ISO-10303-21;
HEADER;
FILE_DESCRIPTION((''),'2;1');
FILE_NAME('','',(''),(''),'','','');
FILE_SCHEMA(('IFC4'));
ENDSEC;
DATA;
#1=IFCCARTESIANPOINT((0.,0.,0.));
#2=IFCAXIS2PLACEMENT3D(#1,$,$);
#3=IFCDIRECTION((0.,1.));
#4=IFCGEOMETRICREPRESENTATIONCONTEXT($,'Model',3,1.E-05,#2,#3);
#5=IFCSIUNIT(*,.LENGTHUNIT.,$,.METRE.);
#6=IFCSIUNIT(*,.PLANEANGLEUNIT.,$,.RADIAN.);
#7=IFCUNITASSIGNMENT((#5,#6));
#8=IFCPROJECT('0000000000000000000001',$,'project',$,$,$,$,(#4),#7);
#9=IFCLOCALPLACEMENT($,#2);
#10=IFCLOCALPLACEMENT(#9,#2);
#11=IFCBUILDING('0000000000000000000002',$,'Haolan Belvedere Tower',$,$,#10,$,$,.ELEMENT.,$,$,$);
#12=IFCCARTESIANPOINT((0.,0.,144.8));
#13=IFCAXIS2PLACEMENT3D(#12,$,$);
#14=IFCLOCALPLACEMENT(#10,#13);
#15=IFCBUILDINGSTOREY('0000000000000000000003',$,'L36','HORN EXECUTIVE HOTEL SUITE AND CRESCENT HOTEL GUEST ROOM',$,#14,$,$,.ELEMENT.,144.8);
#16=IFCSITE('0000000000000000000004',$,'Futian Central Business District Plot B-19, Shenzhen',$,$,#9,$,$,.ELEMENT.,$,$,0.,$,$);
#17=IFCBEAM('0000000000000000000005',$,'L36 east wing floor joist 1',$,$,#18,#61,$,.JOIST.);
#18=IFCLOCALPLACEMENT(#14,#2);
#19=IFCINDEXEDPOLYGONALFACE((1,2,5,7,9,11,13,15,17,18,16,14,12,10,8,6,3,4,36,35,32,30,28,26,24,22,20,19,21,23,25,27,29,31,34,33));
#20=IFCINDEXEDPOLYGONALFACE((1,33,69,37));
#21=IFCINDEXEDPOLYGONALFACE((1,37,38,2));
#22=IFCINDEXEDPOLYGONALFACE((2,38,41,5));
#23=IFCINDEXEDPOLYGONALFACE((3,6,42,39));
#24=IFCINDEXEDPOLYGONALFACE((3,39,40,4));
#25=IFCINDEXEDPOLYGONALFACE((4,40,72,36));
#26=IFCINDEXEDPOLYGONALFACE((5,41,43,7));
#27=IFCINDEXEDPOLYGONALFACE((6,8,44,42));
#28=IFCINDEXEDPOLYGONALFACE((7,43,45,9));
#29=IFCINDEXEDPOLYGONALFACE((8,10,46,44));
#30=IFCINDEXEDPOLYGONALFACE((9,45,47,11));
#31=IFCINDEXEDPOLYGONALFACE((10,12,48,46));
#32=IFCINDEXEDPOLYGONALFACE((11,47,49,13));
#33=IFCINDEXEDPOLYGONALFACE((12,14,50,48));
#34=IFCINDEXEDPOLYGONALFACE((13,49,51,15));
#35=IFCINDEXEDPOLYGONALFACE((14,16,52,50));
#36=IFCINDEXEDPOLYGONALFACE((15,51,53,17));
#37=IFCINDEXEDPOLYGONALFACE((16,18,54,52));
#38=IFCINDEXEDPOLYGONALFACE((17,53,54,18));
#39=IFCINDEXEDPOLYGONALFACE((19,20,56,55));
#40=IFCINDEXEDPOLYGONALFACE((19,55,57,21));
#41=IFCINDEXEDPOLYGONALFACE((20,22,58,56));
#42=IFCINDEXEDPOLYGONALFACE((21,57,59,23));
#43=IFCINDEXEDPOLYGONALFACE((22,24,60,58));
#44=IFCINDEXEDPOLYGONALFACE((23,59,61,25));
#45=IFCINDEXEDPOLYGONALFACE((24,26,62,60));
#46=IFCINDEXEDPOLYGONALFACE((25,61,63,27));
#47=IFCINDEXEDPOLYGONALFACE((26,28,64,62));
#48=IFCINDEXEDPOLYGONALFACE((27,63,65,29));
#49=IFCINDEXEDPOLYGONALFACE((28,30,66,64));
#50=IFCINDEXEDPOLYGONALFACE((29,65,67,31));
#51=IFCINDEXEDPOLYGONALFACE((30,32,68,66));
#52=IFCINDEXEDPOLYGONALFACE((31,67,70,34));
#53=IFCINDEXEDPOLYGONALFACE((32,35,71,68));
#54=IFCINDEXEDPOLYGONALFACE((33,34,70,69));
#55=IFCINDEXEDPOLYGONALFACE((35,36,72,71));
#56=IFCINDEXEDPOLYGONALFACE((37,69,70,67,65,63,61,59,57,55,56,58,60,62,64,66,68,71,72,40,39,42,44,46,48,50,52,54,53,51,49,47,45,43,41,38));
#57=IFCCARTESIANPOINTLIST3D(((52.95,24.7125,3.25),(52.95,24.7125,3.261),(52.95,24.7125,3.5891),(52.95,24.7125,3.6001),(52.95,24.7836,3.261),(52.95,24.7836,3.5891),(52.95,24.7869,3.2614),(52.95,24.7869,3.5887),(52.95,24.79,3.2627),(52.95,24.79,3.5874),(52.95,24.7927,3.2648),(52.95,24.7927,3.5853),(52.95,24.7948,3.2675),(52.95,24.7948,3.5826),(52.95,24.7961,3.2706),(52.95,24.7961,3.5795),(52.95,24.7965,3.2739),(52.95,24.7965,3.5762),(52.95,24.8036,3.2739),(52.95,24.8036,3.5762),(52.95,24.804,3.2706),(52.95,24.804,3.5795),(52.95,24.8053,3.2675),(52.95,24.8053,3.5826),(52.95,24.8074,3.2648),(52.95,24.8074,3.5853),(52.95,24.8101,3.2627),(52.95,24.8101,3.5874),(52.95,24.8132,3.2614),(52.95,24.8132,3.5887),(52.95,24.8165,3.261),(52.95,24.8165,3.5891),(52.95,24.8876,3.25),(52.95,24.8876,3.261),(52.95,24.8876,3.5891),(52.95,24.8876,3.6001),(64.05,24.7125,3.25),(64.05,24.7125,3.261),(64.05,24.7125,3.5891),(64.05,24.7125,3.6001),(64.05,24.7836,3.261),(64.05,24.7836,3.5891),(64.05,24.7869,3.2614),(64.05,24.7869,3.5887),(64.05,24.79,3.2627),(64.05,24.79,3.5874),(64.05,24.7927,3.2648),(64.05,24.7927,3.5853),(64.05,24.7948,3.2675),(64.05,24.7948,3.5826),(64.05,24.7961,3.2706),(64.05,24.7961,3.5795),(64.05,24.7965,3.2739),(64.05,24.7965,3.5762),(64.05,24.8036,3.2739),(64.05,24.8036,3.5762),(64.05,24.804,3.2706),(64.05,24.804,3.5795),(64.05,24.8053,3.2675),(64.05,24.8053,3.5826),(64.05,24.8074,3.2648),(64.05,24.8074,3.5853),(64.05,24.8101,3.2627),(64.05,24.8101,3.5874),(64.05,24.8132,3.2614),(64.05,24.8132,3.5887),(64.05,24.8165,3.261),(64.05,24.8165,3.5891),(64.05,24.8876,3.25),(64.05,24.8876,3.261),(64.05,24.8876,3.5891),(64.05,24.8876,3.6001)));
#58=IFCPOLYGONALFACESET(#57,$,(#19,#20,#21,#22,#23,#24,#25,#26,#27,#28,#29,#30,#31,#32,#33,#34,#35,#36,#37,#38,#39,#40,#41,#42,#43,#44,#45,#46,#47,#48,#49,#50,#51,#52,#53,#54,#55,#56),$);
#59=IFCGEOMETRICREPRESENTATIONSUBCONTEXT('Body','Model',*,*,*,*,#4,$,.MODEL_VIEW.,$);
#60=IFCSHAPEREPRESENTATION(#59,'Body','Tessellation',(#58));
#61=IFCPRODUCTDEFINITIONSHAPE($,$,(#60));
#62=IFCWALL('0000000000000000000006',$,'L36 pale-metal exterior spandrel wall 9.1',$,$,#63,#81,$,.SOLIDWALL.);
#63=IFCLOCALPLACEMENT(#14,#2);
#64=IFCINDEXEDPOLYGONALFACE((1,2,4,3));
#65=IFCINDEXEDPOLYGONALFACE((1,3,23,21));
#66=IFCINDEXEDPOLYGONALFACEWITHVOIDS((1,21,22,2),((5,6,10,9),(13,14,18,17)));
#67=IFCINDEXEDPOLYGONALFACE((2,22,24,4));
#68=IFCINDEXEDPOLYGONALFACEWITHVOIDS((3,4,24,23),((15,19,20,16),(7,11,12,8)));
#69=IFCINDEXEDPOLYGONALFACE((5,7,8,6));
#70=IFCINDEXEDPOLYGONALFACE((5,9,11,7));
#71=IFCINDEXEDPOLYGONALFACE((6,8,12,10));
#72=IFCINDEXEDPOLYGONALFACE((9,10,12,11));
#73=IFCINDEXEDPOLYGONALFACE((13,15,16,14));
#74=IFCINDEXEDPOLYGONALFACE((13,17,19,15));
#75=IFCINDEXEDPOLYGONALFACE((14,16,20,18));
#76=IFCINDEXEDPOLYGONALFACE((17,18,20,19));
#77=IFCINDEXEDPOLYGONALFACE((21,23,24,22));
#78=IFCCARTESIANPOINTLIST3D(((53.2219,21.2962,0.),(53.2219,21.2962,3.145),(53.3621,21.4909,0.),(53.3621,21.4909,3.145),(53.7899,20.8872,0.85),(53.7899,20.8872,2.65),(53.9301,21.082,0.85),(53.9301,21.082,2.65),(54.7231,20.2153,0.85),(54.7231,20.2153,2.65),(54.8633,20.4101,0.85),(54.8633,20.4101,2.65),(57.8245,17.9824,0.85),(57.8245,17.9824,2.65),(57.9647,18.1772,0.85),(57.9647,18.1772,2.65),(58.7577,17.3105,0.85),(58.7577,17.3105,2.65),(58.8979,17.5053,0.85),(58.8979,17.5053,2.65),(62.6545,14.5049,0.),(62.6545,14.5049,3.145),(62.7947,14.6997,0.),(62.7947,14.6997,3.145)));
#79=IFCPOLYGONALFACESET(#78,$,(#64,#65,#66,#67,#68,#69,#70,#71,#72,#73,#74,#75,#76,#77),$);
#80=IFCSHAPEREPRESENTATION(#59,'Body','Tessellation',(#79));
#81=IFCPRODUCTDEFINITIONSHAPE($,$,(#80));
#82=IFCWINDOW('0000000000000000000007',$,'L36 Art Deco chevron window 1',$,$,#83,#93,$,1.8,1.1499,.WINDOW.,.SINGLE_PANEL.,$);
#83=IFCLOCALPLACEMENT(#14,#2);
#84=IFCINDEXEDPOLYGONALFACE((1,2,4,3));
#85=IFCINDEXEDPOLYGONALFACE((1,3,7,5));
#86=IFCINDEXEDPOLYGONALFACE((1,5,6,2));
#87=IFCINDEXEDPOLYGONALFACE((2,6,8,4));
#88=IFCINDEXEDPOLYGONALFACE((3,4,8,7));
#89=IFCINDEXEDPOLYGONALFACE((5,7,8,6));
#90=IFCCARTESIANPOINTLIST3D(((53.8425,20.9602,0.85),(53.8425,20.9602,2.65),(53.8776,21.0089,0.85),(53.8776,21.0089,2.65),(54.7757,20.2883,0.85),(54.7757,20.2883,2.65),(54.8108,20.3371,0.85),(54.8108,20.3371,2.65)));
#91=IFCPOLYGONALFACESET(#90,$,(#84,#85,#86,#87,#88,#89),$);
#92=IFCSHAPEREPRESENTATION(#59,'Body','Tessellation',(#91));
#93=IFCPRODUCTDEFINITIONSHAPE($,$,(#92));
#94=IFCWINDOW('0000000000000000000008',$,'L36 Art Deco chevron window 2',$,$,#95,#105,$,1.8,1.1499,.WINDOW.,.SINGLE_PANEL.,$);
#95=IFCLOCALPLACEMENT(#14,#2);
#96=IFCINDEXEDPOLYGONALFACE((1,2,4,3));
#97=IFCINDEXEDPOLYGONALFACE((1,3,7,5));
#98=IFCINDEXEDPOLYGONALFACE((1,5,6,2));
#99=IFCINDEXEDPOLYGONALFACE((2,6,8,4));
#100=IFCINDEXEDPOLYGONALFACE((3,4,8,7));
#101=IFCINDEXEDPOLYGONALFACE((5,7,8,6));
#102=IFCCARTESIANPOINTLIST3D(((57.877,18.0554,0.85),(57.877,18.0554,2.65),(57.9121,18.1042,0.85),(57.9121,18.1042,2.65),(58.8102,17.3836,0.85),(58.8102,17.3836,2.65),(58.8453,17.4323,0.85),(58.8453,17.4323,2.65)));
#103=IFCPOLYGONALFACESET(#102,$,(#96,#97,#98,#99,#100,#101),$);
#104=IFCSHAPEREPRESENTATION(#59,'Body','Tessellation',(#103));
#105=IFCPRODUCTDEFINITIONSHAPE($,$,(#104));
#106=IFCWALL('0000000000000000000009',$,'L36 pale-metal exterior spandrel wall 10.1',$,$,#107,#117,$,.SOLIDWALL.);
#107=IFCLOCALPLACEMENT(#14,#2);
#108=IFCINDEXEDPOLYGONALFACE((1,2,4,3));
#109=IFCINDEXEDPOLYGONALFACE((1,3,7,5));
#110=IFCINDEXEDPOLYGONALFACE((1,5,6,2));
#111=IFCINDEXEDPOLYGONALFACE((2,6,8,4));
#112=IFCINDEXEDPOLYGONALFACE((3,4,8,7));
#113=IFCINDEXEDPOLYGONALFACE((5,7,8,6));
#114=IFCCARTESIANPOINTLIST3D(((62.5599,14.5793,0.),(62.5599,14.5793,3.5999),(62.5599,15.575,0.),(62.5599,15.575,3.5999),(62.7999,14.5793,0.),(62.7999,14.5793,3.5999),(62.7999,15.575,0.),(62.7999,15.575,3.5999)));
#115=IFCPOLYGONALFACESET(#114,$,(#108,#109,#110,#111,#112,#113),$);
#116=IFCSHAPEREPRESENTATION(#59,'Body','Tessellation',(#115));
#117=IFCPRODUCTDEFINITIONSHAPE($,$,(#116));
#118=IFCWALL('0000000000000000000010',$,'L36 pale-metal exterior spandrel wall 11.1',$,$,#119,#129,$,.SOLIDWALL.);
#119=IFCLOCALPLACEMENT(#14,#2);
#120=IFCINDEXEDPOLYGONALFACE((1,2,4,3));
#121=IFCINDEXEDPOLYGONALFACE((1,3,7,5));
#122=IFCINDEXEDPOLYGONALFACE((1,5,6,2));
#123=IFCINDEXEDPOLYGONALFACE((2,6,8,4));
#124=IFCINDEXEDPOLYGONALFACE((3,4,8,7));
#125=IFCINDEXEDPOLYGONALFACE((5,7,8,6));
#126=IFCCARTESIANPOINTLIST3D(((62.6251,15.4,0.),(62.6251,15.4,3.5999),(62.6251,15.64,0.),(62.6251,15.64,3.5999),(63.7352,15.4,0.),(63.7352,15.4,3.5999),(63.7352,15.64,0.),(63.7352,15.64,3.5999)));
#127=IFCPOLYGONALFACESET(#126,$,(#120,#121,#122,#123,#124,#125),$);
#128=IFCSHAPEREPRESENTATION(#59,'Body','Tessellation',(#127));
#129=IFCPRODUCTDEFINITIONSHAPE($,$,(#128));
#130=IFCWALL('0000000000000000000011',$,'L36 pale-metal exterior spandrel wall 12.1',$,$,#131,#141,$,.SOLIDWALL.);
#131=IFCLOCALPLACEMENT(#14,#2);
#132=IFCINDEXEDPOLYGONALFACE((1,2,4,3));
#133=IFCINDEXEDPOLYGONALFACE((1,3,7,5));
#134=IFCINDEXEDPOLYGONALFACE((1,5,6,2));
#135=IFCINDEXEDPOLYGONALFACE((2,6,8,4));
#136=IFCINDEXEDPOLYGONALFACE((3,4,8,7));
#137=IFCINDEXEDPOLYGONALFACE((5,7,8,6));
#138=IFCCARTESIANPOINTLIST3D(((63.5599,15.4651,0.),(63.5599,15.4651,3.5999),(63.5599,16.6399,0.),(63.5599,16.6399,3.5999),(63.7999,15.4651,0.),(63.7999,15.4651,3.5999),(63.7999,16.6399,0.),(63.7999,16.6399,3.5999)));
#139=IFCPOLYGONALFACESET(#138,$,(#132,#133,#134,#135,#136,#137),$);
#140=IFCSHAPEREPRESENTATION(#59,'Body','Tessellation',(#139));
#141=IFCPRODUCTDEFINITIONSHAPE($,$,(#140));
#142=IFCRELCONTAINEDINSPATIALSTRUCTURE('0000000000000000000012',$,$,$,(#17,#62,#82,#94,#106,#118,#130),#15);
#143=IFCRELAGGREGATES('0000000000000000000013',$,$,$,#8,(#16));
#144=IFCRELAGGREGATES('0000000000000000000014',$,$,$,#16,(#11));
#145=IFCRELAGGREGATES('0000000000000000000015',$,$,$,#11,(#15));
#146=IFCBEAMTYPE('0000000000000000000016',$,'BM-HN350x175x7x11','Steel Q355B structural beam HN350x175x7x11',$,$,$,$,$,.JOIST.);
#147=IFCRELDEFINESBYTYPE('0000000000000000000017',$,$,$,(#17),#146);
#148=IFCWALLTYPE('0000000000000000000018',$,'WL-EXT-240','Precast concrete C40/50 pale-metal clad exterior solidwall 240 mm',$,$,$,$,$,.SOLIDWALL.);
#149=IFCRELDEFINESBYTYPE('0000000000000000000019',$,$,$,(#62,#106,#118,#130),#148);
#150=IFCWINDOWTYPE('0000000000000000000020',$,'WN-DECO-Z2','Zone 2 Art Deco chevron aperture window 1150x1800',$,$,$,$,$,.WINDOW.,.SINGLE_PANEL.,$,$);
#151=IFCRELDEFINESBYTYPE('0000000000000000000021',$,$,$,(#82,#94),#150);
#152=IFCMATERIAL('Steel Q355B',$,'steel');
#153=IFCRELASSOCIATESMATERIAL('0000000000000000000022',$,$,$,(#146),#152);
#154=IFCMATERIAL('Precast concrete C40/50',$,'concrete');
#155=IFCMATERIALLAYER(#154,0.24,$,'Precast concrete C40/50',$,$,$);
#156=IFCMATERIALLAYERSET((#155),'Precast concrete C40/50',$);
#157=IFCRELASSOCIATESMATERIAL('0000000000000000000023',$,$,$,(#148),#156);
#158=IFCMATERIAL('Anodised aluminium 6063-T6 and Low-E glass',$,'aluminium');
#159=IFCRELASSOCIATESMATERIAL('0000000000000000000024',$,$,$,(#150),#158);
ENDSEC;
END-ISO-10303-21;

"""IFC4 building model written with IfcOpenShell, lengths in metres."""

from ifc_helpers import new_model, si_unit, direction, frame, frame_2d, origin, origin_2d, place, context, subcontext, project, spatial, rectangle, i_section, extrude, material, layer, layer_set, material_profile, profile_set, type_object, element, fill, save


model = new_model("IFC4")

# Units and contexts
model_context = context("Model", 3, precision=1e-05, world=origin(), true_north=direction((0.0, 1.0)))
body_context = subcontext(model_context, "Body", "Model", "MODEL_VIEW")
ifc_project = project(units=[si_unit("LENGTHUNIT", "METRE"), si_unit("PLANEANGLEUNIT", "RADIAN")], contexts=[model_context])

# Site, building, storey
site_placement = place(None, origin())
site = spatial("IfcSite", under=ifc_project, at=site_placement, Name="Futian Central Business District Plot B-19, Shenzhen", CompositionType="ELEMENT", RefElevation=0.0)
building_placement = place(site_placement, origin())
building = spatial("IfcBuilding", under=site, at=building_placement, Name="Haolan Belvedere Tower", CompositionType="ELEMENT")
storey_placement = place(building_placement, frame((0.0, 0.0, 144.8)))
storey = spatial("IfcBuildingStorey", under=building, at=storey_placement, Name="L36", Description="HORN EXECUTIVE HOTEL SUITE AND CRESCENT HOTEL GUEST ROOM", CompositionType="ELEMENT", Elevation=144.8)

# Beam
ifc_material_1 = material(Name="Steel Q355B", Category="steel")
ifc_material_profile_1 = material_profile(ifc_material_1, i_section(OverallWidth=0.175, OverallDepth=0.3501, WebThickness=0.0071, FlangeThickness=0.011, FilletRadius=0.0129, at=origin_2d()), Name="Steel Q355B")
ifc_profile_set_1 = profile_set([ifc_material_profile_1], Name="Steel Q355B")
beam_type_1 = type_object("IfcBeamType", Name="BM-HN350x175x7x11", Description="Steel Q355B structural beam HN350x175x7x11", PredefinedType="JOIST", material=ifc_profile_set_1)
beam_1_placement = place(storey_placement, frame((52.95, 24.8, 3.425), z_axis=(1.0, 0.0, 0.0), x_axis=(0.0, 1.0, 0.0)))
element("IfcBeam", 1, at=beam_1_placement, inside=storey, type_object=beam_type_1, Name="L36 east wing floor joist 1", PredefinedType="JOIST", context=body_context, shape_type="SweptSolid", body=[
    extrude(i_section(OverallWidth=0.175, OverallDepth=0.3501, WebThickness=0.0071, FlangeThickness=0.011, FilletRadius=0.0129, at=origin_2d()), origin(), (0.0, 0.0, 1.0), 11.1001),
])

# Wall, openings, windows
ifc_material_2 = material(Name="Precast concrete C40/50", Category="concrete")
ifc_layer_1 = layer(ifc_material_2, 0.24, Name="Precast concrete C40/50")
ifc_layer_set_1 = layer_set([ifc_layer_1], Name="Precast concrete C40/50")
wall_type_1 = type_object("IfcWallType", Name="WL-EXT-240", Description="Precast concrete C40/50 pale-metal clad exterior solidwall 240 mm", PredefinedType="SOLIDWALL", material=ifc_layer_set_1)
wall_1_placement = place(storey_placement, frame((53.292, 21.3936, 0.0), z_axis=(0.0, 0.0, 1.0), x_axis=(0.811544, -0.584292, 0.0)))
wall_1 = element("IfcWall", 2, at=wall_1_placement, inside=storey, type_object=wall_type_1, Name="L36 pale-metal exterior spandrel wall 9.1", PredefinedType="SOLIDWALL", context=body_context, shape_type="SweptSolid", body=[
    extrude(rectangle(XDim=11.623, YDim=0.24, at=frame_2d((5.8115, 0.0))), origin(), (0.0, 0.0, 1.0), 3.145),
])
opening_1_placement = place(wall_1_placement, frame((0.7, 0.0, 0.8501)))
opening_1 = element("IfcOpeningElement", 3, at=opening_1_placement, cuts=wall_1, PredefinedType="OPENING", context=body_context, shape_type="SweptSolid", body=[
    extrude(rectangle(XDim=1.1499, YDim=1.8, at=frame_2d((0.575, 0.8999))), frame((0.0, 0.1299, 0.0), z_axis=(0.0, -1.0, 0.0), x_axis=(1.0, 0.0, 0.0)), (0.0, 0.0, 1.0), 0.26),
])
opening_2_placement = place(wall_1_placement, frame((5.6714, 0.0, 0.8501)))
opening_2 = element("IfcOpeningElement", 4, at=opening_2_placement, cuts=wall_1, PredefinedType="OPENING", context=body_context, shape_type="SweptSolid", body=[
    extrude(rectangle(XDim=1.1499, YDim=1.8, at=frame_2d((0.575, 0.8999))), frame((0.0, 0.1299, 0.0), z_axis=(0.0, -1.0, 0.0), x_axis=(1.0, 0.0, 0.0)), (0.0, 0.0, 1.0), 0.26),
])
ifc_material_3 = material(Name="Anodised aluminium 6063-T6 and Low-E glass", Category="aluminium")
window_type = type_object("IfcWindowType", Name="WN-DECO-Z2", Description="Zone 2 Art Deco chevron aperture window 1150x1800", PartitioningType="SINGLE_PANEL", PredefinedType="WINDOW", material=ifc_material_3)
window_1_placement = place(opening_1_placement, origin())
window_1 = element("IfcWindow", 5, at=window_1_placement, inside=storey, type_object=window_type, Name="L36 Art Deco chevron window 1", OverallHeight=1.8, OverallWidth=1.1499, PartitioningType="SINGLE_PANEL", PredefinedType="WINDOW", context=body_context, shape_type="SweptSolid", body=[
    extrude(rectangle(XDim=1.1499, YDim=1.8, at=frame_2d((0.575, 0.8999))), frame((0.0, 0.03, 0.0), z_axis=(0.0, -1.0, 0.0), x_axis=(1.0, 0.0, 0.0)), (0.0, 0.0, 1.0), 0.0601),
])
fill(opening_1, window_1)
window_2_placement = place(opening_2_placement, origin())
window_2 = element("IfcWindow", 6, at=window_2_placement, inside=storey, type_object=window_type, Name="L36 Art Deco chevron window 2", OverallHeight=1.8, OverallWidth=1.1499, PartitioningType="SINGLE_PANEL", PredefinedType="WINDOW", context=body_context, shape_type="SweptSolid", body=[
    extrude(rectangle(XDim=1.1499, YDim=1.8, at=frame_2d((0.575, 0.8999))), frame((0.0, 0.03, 0.0), z_axis=(0.0, -1.0, 0.0), x_axis=(1.0, 0.0, 0.0)), (0.0, 0.0, 1.0), 0.0601),
])
fill(opening_2, window_2)

# Walls
wall_2_placement = place(storey_placement, frame((62.6799, 14.5793, 0.0), z_axis=(0.0, 0.0, 1.0), x_axis=(0.0, 1.0, 0.0)))
element("IfcWall", 7, at=wall_2_placement, inside=storey, type_object=wall_type_1, Name="L36 pale-metal exterior spandrel wall 10.1", PredefinedType="SOLIDWALL", context=body_context, shape_type="SweptSolid", body=[
    extrude(rectangle(XDim=0.9956, YDim=0.24, at=frame_2d((0.4978, 0.0))), origin(), (0.0, 0.0, 1.0), 3.5999),
])
wall_3_placement = place(storey_placement, frame((62.625, 15.52, 0.0), z_axis=(0.0, 0.0, 1.0), x_axis=(1.0, 0.0, 0.0)))
element("IfcWall", 8, at=wall_3_placement, inside=storey, type_object=wall_type_1, Name="L36 pale-metal exterior spandrel wall 11.1", PredefinedType="SOLIDWALL", context=body_context, shape_type="SweptSolid", body=[
    extrude(rectangle(XDim=1.1101, YDim=0.24, at=frame_2d((0.5552, 0.0))), origin(), (0.0, 0.0, 1.0), 3.5999),
])
wall_4_placement = place(storey_placement, frame((63.6799, 15.4651, 0.0), z_axis=(0.0, 0.0, 1.0), x_axis=(0.0, 1.0, 0.0)))
element("IfcWall", 9, at=wall_4_placement, inside=storey, type_object=wall_type_1, Name="L36 pale-metal exterior spandrel wall 12.1", PredefinedType="SOLIDWALL", context=body_context, shape_type="SweptSolid", body=[
    extrude(rectangle(XDim=1.1748, YDim=0.24, at=frame_2d((0.5874, 0.0))), origin(), (0.0, 0.0, 1.0), 3.5999),
])

save(model, "model.ifc")
